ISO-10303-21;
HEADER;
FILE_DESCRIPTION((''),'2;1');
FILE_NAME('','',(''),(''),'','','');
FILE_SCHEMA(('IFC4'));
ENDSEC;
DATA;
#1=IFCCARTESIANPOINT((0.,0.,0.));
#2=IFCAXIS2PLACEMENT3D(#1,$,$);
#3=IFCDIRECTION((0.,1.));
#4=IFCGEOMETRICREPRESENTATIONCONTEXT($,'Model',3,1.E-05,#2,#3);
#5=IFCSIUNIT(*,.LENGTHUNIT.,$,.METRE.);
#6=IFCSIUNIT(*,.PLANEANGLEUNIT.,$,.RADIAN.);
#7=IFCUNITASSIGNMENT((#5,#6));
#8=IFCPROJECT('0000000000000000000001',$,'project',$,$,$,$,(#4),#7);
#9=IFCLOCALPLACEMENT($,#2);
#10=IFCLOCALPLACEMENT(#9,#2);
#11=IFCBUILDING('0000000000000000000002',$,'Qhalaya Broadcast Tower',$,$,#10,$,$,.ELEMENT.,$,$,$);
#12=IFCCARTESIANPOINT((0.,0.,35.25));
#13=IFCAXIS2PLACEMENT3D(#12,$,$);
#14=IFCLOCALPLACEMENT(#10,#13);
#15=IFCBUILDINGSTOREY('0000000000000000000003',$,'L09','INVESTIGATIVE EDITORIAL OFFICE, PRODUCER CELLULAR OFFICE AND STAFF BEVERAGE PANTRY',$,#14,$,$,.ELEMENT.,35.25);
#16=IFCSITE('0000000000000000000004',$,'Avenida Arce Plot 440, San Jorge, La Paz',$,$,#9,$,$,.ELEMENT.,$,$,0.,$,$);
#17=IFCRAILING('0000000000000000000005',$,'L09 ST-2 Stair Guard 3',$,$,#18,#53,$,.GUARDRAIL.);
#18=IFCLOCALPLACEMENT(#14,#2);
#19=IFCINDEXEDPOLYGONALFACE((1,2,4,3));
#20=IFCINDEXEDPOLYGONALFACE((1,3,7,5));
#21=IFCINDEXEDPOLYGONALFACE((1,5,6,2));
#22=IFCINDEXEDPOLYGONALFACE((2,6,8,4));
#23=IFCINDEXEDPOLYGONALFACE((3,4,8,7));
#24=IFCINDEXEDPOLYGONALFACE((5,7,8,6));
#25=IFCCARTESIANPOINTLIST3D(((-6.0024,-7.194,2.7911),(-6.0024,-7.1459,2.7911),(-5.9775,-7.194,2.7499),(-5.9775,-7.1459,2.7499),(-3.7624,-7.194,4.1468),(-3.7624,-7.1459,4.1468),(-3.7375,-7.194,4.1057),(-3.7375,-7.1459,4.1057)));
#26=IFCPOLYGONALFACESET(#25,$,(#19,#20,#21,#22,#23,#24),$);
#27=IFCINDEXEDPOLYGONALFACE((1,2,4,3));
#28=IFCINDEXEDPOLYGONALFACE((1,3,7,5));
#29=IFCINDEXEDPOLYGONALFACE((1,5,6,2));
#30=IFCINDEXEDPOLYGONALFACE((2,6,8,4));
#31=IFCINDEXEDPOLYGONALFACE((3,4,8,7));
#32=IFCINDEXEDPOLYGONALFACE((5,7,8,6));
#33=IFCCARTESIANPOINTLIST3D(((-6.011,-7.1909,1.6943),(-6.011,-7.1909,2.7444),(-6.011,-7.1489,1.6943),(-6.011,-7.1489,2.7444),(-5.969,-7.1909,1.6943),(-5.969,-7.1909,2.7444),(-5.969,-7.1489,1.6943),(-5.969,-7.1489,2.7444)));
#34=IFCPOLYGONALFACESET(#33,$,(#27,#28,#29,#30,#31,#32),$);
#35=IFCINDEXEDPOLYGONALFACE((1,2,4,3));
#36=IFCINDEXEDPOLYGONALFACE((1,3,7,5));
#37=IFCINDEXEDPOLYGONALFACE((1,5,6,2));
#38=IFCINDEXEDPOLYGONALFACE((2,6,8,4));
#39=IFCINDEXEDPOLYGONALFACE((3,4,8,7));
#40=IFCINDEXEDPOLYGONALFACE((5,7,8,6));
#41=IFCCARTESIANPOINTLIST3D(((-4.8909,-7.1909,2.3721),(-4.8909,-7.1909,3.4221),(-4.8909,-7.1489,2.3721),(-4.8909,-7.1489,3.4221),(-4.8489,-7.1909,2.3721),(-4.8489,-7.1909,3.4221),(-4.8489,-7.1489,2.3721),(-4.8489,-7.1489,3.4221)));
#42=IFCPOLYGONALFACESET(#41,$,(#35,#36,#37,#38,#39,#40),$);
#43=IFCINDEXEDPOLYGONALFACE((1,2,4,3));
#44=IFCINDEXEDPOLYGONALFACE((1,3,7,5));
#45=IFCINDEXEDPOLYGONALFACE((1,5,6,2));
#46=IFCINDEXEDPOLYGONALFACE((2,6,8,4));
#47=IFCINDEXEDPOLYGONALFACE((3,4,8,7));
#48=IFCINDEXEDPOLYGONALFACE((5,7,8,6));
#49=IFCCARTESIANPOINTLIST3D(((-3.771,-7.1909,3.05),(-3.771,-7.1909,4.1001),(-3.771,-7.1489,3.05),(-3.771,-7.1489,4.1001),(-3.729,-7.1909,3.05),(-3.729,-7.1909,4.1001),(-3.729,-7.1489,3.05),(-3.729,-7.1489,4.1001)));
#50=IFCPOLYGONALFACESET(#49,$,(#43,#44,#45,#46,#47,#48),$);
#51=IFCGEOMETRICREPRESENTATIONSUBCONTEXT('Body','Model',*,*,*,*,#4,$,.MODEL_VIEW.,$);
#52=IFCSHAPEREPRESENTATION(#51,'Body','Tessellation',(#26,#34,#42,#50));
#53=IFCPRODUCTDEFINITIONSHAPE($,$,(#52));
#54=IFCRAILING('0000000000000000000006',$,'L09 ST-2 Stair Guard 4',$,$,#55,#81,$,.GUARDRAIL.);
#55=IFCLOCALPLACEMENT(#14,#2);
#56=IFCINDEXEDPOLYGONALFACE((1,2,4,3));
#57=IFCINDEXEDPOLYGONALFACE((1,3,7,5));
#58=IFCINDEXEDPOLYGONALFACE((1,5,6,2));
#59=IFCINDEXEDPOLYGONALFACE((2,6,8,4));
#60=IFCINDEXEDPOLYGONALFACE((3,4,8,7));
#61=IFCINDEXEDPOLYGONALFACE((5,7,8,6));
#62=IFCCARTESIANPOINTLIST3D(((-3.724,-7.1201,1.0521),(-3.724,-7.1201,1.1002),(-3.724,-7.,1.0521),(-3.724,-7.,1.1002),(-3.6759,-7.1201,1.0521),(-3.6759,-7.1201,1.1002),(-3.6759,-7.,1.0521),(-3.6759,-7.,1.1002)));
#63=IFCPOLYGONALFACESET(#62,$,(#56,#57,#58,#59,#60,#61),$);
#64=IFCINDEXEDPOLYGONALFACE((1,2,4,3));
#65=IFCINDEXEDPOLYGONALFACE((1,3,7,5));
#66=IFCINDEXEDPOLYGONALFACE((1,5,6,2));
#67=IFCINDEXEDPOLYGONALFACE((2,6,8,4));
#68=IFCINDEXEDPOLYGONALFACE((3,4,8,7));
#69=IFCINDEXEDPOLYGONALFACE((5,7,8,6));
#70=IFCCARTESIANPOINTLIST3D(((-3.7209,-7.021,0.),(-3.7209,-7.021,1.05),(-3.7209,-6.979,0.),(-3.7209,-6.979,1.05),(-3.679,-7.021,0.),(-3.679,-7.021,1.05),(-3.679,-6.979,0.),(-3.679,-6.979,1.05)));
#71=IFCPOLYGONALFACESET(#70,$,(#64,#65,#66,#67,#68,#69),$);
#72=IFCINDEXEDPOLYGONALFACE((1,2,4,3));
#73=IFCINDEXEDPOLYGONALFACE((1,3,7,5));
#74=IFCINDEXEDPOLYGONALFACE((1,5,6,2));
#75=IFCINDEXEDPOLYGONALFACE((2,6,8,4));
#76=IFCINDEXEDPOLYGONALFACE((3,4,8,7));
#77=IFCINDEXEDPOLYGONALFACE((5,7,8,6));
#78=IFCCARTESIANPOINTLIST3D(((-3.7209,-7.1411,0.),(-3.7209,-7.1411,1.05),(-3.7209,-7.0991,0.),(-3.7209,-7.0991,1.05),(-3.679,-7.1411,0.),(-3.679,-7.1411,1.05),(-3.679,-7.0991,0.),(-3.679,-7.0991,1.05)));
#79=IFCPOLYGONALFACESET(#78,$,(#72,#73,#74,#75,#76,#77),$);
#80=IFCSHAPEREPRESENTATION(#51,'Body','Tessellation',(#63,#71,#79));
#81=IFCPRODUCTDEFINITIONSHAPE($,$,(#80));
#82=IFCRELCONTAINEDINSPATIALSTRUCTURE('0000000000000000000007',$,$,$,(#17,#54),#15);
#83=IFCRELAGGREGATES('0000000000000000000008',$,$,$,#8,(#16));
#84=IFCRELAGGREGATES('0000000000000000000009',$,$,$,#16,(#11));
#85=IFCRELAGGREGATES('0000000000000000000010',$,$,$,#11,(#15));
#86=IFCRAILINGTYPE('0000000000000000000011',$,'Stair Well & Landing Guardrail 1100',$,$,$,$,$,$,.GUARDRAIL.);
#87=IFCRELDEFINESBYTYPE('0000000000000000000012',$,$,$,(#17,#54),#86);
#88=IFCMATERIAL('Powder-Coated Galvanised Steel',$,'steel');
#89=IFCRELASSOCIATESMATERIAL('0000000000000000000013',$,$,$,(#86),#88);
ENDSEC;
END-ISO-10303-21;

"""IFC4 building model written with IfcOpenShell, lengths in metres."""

from ifc_helpers import new_model, si_unit, direction, frame, origin, origin_2d, place, context, subcontext, project, spatial, rectangle, extrude, material, type_object, element, save


model = new_model("IFC4")

# Units and contexts
model_context = context("Model", 3, precision=1e-05, world=origin(), true_north=direction((0.0, 1.0)))
body_context = subcontext(model_context, "Body", "Model", "MODEL_VIEW")
ifc_project = project(units=[si_unit("LENGTHUNIT", "METRE"), si_unit("PLANEANGLEUNIT", "RADIAN")], contexts=[model_context])

# Site, building, storey
site_placement = place(None, origin())
site = spatial("IfcSite", under=ifc_project, at=site_placement, Name="Avenida Arce Plot 440, San Jorge, La Paz", CompositionType="ELEMENT", RefElevation=0.0)
building_placement = place(site_placement, origin())
building = spatial("IfcBuilding", under=site, at=building_placement, Name="Qhalaya Broadcast Tower", CompositionType="ELEMENT")
storey_placement = place(building_placement, frame((0.0, 0.0, 35.25)))
storey = spatial("IfcBuildingStorey", under=building, at=storey_placement, Name="L09", Description="INVESTIGATIVE EDITORIAL OFFICE, PRODUCER CELLULAR OFFICE AND STAFF BEVERAGE PANTRY", CompositionType="ELEMENT", Elevation=35.25)

# Railings
ifc_material_1 = material(Name="Powder-Coated Galvanised Steel", Category="steel")
railing_type_1 = type_object("IfcRailingType", Name="Stair Well & Landing Guardrail 1100", PredefinedType="GUARDRAIL", material=ifc_material_1)
railing_1_placement = place(storey_placement, frame((-5.99, -7.1699, 1.6943)))
element("IfcRailing", 1, at=railing_1_placement, inside=storey, type_object=railing_type_1, Name="L09 ST-2 Stair Guard 3", PredefinedType="GUARDRAIL", context=body_context, shape_type="SweptSolid", body=[
    extrude(rectangle(XDim=0.0481, YDim=0.0481, at=origin_2d()), frame((0.0, 0.0, 1.0762), z_axis=(0.855512, 0.0, 0.517783), x_axis=(0.0, 1.0, 0.0)), (0.0, 0.0, 1.0), 2.6184),
    extrude(rectangle(XDim=0.042, YDim=0.042, at=origin_2d()), origin(), (0.0, 0.0, 1.0), 1.05),
    extrude(rectangle(XDim=0.042, YDim=0.042, at=origin_2d()), frame((1.1201, 0.0, 0.6777)), (0.0, 0.0, 1.0), 1.05),
    extrude(rectangle(XDim=0.042, YDim=0.042, at=origin_2d()), frame((2.24, 0.0, 1.3557)), (0.0, 0.0, 1.0), 1.05),
])
railing_2_placement = place(storey_placement, frame((-3.7, -7.0, 0.0)))
element("IfcRailing", 2, at=railing_2_placement, inside=storey, type_object=railing_type_1, Name="L09 ST-2 Stair Guard 4", PredefinedType="GUARDRAIL", context=body_context, shape_type="SweptSolid", body=[
    extrude(rectangle(XDim=0.0481, YDim=0.0481, at=origin_2d()), frame((0.0, 0.0, 1.0762), z_axis=(0.0, -1.0, 0.0), x_axis=(1.0, 0.0, 0.0)), (0.0, 0.0, 1.0), 0.1201),
    extrude(rectangle(XDim=0.042, YDim=0.042, at=origin_2d()), origin(), (0.0, 0.0, 1.0), 1.05),
    extrude(rectangle(XDim=0.042, YDim=0.042, at=origin_2d()), frame((0.0, -0.1201, 0.0)), (0.0, 0.0, 1.0), 1.05),
])

save(model, "model.ifc")
